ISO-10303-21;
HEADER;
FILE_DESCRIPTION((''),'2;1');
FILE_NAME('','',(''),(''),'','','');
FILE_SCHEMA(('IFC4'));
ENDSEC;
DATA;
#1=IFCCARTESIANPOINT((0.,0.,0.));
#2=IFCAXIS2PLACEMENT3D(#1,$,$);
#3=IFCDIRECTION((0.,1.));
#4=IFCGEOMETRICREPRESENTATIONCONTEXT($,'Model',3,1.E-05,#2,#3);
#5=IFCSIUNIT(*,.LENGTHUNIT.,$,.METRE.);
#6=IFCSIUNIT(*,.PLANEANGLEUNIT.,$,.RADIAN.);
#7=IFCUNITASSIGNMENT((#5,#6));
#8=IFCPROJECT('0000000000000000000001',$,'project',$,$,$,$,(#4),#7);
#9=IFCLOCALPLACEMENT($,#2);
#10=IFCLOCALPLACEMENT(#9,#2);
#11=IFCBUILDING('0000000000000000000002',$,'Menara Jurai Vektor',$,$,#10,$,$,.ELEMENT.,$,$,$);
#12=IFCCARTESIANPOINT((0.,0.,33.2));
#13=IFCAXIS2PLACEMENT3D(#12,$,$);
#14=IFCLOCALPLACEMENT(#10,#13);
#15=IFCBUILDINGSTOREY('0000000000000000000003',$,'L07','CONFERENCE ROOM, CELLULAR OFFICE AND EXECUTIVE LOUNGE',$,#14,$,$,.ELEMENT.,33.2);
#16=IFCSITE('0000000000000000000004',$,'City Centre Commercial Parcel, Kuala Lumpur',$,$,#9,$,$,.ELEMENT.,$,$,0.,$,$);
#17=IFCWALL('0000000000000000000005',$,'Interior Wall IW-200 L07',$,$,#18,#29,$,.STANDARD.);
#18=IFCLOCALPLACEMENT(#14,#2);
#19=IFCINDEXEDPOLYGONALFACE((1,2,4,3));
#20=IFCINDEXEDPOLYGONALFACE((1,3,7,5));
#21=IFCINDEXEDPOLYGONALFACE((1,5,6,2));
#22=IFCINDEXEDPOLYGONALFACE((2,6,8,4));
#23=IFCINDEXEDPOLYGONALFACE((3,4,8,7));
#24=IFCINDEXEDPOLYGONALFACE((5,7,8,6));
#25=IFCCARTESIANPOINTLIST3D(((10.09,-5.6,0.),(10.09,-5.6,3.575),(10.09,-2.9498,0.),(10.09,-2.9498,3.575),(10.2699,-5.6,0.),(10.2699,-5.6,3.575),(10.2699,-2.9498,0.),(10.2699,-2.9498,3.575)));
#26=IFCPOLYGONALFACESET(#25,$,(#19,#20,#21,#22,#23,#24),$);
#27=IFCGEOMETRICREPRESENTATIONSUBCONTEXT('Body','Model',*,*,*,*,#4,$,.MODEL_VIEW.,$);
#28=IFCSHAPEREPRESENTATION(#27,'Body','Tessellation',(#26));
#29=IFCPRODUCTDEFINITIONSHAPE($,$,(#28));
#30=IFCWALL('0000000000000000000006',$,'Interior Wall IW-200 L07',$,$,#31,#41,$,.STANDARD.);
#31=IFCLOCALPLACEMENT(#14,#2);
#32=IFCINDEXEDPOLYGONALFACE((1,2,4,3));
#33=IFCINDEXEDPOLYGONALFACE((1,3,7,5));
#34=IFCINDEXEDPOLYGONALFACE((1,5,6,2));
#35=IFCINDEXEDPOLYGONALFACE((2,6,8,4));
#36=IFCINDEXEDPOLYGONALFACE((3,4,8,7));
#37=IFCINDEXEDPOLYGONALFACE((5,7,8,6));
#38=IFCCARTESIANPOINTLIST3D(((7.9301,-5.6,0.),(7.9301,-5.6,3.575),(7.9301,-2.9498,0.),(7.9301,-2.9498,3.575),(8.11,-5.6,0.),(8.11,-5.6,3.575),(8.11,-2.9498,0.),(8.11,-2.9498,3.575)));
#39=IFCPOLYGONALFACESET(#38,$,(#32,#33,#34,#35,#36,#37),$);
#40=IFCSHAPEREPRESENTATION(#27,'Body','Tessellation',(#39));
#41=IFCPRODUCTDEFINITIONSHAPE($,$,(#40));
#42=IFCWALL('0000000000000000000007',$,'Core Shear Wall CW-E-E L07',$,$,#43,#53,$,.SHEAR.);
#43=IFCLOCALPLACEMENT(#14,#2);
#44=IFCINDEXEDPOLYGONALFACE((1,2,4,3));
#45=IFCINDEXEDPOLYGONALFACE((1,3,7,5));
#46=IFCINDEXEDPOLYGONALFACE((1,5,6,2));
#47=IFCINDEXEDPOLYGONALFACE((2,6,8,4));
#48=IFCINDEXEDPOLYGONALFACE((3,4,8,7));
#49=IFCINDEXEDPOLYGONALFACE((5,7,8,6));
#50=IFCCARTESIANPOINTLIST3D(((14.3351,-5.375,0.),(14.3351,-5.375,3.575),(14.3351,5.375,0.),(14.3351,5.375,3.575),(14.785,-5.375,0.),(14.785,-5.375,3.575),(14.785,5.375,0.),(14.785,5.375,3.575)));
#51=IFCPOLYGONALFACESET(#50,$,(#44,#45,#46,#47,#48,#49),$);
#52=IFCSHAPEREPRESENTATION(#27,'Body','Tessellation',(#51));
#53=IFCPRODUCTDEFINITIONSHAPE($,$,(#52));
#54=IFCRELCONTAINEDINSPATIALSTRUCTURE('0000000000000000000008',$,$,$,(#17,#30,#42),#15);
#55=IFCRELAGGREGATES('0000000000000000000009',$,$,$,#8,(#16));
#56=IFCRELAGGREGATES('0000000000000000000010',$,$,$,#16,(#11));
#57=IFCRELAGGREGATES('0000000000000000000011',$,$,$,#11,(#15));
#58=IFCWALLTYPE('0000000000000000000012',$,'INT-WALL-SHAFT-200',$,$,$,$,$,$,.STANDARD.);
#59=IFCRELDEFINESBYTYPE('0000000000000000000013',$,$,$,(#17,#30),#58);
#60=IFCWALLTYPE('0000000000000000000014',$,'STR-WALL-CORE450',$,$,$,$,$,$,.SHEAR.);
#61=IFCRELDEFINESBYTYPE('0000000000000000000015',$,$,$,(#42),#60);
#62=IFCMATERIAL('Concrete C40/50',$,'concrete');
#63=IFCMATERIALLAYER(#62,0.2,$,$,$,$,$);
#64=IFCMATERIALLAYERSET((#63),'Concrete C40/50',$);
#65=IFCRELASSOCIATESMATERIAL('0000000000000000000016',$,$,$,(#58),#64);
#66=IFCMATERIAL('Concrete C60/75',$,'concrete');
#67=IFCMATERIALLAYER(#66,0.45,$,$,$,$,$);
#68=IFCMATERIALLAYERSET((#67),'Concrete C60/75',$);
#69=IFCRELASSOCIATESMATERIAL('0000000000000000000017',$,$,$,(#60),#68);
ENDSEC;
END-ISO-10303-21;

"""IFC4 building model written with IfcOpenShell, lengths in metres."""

from ifc_helpers import new_model, si_unit, direction, frame, frame_2d, origin, place, context, subcontext, project, spatial, rectangle, extrude, material, layer, layer_set, type_object, element, save


model = new_model("IFC4")

# Units and contexts
model_context = context("Model", 3, precision=1e-05, world=origin(), true_north=direction((0.0, 1.0)))
body_context = subcontext(model_context, "Body", "Model", "MODEL_VIEW")
ifc_project = project(units=[si_unit("LENGTHUNIT", "METRE"), si_unit("PLANEANGLEUNIT", "RADIAN")], contexts=[model_context])

# Site, building, storey
site_placement = place(None, origin())
site = spatial("IfcSite", under=ifc_project, at=site_placement, Name="City Centre Commercial Parcel, Kuala Lumpur", CompositionType="ELEMENT", RefElevation=0.0)
building_placement = place(site_placement, origin())
building = spatial("IfcBuilding", under=site, at=building_placement, Name="Menara Jurai Vektor", CompositionType="ELEMENT")
storey_placement = place(building_placement, frame((0.0, 0.0, 33.2)))
storey = spatial("IfcBuildingStorey", under=building, at=storey_placement, Name="L07", Description="CONFERENCE ROOM, CELLULAR OFFICE AND EXECUTIVE LOUNGE", CompositionType="ELEMENT", Elevation=33.2)

# Shared definitions
ifc_material_1 = material(Name="Concrete C60/75", Category="concrete")

# Shared definitions
ifc_material_2 = material(Name="Concrete C40/50", Category="concrete")

# Shared definitions
ifc_layer_1 = layer(ifc_material_2, 0.2)
ifc_layer_set_1 = layer_set([ifc_layer_1], Name="Concrete C40/50")
wall_type_1 = type_object("IfcWallType", Name="INT-WALL-SHAFT-200", PredefinedType="STANDARD", material=ifc_layer_set_1)

# Walls
for number, where, z_axis, x_axis, name in (
    (1, (10.1799, -5.6001, 0.0), (0.0, 0.0, 1.0), (0.0, 1.0, 0.0), "Interior Wall IW-200 L07"),
    (2, (8.02, -5.6001, 0.0), (0.0, 0.0, 1.0), (0.0, 1.0, 0.0), "Interior Wall IW-200 L07"),
):
    element("IfcWall", number, at=place(storey_placement, frame(where, z_axis=z_axis, x_axis=x_axis)), inside=storey, type_object=wall_type_1, Name=name, PredefinedType="STANDARD", context=body_context, shape_type="SweptSolid", body=[
        extrude(rectangle(XDim=2.6501, YDim=0.1799, at=frame_2d((1.3252, 0.0))), origin(), (0.0, 0.0, 1.0), 3.575),
    ])
ifc_layer_2 = layer(ifc_material_1, 0.45)
ifc_layer_set_2 = layer_set([ifc_layer_2], Name="Concrete C60/75")
wall_type_2 = type_object("IfcWallType", Name="STR-WALL-CORE450", PredefinedType="SHEAR", material=ifc_layer_set_2)
wall_1_placement = place(storey_placement, frame((14.5601, -5.375, 0.0), z_axis=(0.0, 0.0, 1.0), x_axis=(0.0, 1.0, 0.0)))
element("IfcWall", 3, at=wall_1_placement, inside=storey, type_object=wall_type_2, Name="Core Shear Wall CW-E-E L07", PredefinedType="SHEAR", context=body_context, shape_type="SweptSolid", body=[
    extrude(rectangle(XDim=10.75, YDim=0.45, at=frame_2d((5.375, 0.0))), origin(), (0.0, 0.0, 1.0), 3.575),
])

save(model, "model.ifc")
